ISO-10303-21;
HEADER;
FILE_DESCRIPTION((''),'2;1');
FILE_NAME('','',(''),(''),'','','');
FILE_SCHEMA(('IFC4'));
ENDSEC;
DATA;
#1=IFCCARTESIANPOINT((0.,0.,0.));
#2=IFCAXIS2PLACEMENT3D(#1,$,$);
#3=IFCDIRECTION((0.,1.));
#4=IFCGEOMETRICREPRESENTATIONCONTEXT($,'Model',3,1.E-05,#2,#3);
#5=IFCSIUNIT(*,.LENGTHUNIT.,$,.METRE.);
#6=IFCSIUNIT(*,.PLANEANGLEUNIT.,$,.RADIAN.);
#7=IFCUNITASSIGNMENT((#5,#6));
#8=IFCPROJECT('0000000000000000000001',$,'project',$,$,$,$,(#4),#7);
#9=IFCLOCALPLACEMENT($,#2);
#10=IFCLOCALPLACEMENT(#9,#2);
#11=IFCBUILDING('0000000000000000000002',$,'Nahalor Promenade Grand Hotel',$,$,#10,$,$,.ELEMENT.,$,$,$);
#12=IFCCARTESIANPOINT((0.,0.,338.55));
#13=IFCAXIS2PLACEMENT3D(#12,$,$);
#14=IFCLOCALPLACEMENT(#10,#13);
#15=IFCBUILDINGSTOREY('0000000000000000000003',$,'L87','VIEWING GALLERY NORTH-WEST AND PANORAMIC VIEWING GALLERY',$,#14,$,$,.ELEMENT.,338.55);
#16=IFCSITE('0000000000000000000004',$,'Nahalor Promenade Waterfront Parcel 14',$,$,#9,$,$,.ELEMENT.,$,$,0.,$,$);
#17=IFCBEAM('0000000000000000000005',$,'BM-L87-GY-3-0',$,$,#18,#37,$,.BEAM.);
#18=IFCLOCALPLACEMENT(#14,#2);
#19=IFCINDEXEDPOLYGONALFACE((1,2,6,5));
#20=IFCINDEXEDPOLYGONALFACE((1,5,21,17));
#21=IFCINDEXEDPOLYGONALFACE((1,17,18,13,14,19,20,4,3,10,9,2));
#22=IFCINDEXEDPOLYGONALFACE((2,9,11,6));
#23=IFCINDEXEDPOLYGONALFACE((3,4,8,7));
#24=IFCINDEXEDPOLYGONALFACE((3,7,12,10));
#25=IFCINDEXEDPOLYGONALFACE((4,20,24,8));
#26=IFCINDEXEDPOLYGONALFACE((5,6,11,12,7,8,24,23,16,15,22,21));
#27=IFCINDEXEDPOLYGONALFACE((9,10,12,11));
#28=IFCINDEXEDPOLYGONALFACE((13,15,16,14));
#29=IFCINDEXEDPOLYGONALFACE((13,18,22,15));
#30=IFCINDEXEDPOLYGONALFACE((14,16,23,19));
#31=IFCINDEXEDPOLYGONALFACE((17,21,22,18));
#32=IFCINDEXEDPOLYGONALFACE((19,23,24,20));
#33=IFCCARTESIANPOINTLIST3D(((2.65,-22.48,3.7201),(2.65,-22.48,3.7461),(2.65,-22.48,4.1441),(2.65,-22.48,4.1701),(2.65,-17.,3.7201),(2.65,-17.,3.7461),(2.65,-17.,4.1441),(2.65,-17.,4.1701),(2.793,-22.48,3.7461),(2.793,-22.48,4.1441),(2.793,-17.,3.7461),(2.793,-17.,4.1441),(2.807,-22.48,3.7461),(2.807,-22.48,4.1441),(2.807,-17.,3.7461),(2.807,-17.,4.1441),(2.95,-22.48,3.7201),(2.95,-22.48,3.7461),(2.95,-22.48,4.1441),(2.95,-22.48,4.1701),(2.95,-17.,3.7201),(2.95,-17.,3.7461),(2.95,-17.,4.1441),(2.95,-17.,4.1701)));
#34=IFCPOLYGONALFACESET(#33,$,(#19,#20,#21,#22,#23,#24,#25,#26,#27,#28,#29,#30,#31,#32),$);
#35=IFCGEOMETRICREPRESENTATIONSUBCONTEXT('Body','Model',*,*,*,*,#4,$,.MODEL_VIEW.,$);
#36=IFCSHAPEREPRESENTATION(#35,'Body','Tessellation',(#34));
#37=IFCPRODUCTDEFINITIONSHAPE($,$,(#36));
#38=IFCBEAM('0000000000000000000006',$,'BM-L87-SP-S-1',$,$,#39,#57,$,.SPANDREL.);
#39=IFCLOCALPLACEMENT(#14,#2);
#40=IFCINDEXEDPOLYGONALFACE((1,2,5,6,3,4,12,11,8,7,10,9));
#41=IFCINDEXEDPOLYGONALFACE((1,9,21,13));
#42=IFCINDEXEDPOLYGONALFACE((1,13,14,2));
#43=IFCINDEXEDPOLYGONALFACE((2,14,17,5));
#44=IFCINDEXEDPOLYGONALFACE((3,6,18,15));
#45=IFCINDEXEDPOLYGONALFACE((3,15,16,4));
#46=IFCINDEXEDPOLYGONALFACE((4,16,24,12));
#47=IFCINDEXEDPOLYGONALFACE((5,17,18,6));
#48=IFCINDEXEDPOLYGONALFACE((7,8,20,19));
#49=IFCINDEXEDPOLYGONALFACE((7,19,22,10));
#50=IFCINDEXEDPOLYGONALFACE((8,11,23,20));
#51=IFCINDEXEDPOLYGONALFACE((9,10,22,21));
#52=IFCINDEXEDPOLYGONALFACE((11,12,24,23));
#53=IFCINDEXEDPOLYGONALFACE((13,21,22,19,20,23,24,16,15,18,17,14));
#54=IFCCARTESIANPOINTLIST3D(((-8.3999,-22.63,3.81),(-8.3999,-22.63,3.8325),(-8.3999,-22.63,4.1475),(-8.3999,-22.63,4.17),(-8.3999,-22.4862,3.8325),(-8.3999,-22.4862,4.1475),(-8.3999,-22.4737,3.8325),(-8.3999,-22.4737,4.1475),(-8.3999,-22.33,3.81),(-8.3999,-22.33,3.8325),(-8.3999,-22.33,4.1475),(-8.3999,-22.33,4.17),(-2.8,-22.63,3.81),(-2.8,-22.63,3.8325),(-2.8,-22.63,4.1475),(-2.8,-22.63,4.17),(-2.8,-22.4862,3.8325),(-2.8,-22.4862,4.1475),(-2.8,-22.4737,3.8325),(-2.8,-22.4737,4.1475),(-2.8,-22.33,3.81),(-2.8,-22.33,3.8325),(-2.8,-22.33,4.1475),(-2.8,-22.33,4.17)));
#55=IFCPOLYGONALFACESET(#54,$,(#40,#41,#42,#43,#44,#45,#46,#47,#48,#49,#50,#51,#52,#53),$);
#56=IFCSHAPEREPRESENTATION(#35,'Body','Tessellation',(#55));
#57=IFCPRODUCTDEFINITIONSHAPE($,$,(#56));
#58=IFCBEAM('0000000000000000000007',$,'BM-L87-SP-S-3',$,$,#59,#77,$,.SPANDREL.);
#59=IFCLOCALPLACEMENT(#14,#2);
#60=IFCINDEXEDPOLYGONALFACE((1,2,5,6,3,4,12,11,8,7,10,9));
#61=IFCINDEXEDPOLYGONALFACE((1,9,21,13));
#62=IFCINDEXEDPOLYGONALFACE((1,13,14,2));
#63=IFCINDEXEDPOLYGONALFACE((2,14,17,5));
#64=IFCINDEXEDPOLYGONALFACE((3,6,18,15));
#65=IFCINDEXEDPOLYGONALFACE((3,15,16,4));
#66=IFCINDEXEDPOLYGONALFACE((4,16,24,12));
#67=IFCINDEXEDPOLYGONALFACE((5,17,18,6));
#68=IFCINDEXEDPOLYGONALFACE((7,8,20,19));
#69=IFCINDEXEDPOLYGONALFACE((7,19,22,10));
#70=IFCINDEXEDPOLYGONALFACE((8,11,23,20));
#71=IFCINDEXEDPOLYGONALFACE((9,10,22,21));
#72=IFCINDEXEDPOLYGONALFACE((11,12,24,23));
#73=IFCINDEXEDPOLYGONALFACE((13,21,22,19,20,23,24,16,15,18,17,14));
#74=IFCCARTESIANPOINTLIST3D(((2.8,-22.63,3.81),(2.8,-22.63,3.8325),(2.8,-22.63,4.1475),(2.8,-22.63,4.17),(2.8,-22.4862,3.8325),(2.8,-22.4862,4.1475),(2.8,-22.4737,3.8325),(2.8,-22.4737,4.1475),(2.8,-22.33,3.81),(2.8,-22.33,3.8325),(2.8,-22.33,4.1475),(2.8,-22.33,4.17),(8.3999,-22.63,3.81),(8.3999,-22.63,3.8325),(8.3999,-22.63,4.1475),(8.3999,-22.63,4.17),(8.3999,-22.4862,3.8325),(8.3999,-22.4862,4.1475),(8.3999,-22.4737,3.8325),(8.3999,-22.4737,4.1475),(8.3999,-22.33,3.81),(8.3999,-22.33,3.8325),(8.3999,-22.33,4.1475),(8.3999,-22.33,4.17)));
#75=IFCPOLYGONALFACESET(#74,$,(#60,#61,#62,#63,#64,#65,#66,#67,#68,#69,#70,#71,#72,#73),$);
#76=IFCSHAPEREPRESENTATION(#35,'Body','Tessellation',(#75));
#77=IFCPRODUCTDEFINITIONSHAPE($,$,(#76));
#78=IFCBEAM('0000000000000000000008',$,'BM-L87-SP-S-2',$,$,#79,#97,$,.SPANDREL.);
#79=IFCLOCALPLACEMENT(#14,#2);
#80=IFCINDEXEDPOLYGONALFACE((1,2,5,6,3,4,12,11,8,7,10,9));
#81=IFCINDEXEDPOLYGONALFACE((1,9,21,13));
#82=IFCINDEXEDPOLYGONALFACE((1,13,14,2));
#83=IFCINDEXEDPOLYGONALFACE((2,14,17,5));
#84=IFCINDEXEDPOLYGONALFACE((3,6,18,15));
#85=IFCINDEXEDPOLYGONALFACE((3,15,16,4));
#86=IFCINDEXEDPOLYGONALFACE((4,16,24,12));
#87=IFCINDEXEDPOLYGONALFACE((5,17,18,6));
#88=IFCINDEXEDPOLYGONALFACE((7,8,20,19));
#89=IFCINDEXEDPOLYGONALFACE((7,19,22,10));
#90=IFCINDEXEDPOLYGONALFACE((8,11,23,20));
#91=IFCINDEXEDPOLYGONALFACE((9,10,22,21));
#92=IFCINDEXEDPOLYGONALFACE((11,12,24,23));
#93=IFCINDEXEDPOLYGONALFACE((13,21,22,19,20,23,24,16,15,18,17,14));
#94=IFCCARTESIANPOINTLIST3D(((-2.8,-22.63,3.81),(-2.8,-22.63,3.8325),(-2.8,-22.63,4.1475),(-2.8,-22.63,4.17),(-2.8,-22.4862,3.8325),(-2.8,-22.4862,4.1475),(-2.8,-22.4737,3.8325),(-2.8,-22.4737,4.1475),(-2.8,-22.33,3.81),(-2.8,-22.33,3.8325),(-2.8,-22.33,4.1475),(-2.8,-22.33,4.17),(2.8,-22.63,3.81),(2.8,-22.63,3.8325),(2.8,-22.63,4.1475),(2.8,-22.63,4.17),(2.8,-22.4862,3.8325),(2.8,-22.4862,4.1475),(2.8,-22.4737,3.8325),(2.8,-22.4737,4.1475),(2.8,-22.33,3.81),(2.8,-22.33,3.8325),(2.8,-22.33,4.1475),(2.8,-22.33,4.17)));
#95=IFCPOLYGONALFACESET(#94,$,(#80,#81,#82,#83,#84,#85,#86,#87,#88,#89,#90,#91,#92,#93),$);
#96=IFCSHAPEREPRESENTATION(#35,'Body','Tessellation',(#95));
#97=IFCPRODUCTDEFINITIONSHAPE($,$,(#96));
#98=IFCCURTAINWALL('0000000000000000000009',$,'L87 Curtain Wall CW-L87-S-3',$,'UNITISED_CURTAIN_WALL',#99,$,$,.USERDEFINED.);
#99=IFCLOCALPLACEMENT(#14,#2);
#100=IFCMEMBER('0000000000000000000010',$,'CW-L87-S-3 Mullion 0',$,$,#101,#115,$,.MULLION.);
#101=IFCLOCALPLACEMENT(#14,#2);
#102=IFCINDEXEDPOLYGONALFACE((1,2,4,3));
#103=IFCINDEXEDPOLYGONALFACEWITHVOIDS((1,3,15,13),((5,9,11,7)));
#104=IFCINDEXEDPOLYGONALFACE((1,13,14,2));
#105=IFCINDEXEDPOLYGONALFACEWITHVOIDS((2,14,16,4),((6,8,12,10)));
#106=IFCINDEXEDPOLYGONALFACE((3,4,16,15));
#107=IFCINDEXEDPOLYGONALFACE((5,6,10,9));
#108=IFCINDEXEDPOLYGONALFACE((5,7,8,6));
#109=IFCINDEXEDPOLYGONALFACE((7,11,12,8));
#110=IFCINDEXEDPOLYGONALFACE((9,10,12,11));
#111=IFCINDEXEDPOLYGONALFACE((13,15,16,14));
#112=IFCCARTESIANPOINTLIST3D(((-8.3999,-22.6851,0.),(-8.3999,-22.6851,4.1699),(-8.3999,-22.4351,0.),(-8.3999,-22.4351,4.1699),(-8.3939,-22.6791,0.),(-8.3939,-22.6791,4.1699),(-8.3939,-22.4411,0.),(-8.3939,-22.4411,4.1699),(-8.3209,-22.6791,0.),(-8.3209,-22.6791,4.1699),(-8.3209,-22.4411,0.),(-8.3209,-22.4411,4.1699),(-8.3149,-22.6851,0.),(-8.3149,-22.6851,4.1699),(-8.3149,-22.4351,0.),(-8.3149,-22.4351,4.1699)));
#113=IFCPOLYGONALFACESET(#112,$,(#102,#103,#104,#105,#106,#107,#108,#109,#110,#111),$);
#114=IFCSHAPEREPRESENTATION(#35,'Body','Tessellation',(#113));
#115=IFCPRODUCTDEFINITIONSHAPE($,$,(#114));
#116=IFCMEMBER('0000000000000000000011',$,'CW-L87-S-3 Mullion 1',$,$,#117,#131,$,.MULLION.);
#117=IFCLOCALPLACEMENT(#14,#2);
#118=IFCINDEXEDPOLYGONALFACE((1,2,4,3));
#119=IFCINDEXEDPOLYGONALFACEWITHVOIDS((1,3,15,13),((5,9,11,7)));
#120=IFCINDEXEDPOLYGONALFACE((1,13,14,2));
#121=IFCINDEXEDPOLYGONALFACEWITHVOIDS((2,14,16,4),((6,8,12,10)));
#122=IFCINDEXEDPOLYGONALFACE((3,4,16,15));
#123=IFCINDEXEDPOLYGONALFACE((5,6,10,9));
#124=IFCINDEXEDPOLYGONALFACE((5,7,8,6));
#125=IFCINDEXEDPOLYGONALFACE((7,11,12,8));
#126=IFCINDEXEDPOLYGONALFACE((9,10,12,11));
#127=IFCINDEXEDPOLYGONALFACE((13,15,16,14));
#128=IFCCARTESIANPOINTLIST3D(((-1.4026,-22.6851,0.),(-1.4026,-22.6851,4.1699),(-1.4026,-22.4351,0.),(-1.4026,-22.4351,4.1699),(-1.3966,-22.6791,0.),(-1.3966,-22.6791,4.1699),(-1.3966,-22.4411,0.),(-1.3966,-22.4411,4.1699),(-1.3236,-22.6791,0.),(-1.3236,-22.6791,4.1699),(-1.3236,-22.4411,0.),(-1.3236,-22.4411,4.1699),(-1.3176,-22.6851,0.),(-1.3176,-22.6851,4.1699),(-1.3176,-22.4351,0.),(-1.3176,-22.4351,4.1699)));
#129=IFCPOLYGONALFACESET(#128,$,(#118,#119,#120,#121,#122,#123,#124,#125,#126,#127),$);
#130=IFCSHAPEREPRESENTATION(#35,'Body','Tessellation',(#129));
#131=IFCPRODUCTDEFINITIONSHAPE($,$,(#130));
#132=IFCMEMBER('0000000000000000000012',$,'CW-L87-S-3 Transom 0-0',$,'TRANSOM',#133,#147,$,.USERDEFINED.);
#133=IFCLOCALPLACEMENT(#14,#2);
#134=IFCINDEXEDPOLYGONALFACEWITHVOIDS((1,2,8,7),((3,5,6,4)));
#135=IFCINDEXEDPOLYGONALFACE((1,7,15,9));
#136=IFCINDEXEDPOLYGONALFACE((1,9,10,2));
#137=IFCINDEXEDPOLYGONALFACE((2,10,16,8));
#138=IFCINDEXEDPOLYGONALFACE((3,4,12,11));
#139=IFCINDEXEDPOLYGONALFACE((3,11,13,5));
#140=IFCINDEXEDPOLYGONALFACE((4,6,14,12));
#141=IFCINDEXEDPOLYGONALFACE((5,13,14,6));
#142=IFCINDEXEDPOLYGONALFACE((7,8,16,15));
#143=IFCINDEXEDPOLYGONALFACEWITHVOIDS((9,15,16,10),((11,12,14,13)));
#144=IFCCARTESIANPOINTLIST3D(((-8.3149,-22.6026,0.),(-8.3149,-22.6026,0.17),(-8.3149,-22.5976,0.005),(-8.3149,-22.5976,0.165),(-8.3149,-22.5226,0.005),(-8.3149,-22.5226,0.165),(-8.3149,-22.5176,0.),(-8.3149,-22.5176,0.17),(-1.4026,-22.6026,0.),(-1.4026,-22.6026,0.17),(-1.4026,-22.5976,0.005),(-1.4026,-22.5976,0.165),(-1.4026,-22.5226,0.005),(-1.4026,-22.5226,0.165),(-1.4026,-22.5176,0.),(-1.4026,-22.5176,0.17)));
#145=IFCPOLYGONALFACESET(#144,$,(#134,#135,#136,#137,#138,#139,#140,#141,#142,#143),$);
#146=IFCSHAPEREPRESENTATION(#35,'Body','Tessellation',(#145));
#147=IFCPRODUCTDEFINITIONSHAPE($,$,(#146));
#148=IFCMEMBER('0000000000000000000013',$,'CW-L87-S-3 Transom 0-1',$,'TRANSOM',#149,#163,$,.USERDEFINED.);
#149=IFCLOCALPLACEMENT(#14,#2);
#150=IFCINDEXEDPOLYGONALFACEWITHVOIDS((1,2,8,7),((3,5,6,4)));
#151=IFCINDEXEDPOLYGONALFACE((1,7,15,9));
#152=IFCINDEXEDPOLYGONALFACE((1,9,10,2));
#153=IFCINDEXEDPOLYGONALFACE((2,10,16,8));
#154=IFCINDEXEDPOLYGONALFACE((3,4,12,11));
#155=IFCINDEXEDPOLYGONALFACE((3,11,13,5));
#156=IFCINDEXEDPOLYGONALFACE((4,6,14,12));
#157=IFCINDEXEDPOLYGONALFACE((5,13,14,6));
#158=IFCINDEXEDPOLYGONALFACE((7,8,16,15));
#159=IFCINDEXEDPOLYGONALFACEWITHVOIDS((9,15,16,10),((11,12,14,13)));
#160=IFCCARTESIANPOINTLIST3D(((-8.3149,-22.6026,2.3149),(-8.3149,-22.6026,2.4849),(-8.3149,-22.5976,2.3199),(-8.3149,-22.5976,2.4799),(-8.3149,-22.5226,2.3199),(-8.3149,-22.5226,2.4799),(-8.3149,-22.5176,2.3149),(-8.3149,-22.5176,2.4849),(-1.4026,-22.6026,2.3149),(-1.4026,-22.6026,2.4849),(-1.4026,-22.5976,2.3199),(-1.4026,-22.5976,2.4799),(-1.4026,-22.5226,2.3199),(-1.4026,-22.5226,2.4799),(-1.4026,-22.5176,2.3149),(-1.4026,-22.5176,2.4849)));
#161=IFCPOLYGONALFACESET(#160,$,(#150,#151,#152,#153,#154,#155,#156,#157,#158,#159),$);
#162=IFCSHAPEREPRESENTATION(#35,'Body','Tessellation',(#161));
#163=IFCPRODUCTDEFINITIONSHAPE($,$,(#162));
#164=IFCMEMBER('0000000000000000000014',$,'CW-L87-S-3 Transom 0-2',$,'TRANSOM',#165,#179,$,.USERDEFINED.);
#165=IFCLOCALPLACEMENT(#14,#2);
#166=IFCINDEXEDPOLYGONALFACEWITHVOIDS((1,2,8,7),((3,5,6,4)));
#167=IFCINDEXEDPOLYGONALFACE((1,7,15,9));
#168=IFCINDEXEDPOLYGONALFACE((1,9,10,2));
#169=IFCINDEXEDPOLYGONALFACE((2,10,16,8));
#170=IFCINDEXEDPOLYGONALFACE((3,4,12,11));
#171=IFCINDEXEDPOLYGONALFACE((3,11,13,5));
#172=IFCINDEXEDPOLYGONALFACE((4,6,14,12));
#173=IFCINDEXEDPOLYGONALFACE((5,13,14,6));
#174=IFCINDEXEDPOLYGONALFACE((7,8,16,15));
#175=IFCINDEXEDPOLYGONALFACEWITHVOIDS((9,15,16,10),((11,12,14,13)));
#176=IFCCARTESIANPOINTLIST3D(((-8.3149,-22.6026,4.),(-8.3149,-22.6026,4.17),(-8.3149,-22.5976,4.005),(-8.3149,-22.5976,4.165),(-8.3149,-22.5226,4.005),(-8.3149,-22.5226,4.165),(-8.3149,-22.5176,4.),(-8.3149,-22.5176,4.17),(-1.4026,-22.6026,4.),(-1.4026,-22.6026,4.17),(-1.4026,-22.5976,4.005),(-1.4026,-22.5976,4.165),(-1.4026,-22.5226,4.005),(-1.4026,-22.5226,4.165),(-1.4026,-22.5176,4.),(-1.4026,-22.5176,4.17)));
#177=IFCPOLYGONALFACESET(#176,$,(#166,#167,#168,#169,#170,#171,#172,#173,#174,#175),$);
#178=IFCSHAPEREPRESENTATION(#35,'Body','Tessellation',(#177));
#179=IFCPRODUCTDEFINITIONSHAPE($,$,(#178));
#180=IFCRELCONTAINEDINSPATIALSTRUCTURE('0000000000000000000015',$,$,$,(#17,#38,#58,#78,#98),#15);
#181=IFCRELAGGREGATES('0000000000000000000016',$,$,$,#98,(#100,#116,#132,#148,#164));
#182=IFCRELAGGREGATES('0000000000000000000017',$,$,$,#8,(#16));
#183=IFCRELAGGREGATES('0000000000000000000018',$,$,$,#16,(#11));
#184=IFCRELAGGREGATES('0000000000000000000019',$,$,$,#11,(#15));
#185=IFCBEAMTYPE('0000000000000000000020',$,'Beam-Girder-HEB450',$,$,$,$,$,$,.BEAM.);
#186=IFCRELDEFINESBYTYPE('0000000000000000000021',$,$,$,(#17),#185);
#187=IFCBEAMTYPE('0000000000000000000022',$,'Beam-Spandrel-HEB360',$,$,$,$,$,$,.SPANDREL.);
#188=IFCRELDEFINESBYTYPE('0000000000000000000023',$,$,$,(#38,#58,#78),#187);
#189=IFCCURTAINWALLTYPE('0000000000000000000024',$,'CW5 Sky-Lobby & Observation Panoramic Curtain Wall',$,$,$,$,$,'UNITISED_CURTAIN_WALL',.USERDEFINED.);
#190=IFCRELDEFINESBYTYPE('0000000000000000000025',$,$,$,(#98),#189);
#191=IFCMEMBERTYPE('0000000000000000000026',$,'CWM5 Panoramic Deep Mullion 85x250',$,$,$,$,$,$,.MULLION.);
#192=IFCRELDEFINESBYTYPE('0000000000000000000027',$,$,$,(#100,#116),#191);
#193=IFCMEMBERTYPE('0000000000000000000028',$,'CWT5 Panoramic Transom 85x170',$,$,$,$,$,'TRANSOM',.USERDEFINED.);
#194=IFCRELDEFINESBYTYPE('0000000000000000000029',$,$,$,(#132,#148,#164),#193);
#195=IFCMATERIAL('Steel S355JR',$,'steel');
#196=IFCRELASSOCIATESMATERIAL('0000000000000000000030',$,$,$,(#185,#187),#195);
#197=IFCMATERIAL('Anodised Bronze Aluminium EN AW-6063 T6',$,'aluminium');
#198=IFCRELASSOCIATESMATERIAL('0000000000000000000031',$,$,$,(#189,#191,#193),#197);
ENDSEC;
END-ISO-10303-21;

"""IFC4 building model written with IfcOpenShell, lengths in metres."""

from ifc_helpers import new_model, si_unit, direction, frame, origin, origin_2d, place, context, subcontext, project, spatial, hollow_rectangle, i_section, extrude, source, transform, mapped, material, material_profile, profile_set, type_object, element, aggregate, save


model = new_model("IFC4")

# Units and contexts
model_context = context("Model", 3, precision=1e-05, world=origin(), true_north=direction((0.0, 1.0)))
body_context = subcontext(model_context, "Body", "Model", "MODEL_VIEW")
ifc_project = project(units=[si_unit("LENGTHUNIT", "METRE"), si_unit("PLANEANGLEUNIT", "RADIAN")], contexts=[model_context])

# Site, building, storey
site_placement = place(None, origin())
site = spatial("IfcSite", under=ifc_project, at=site_placement, Name="Nahalor Promenade Waterfront Parcel 14", CompositionType="ELEMENT", RefElevation=0.0)
building_placement = place(site_placement, origin())
building = spatial("IfcBuilding", under=site, at=building_placement, Name="Nahalor Promenade Grand Hotel", CompositionType="ELEMENT")
storey_placement = place(building_placement, frame((0.0, 0.0, 338.55)))
storey = spatial("IfcBuildingStorey", under=building, at=storey_placement, Name="L87", Description="VIEWING GALLERY NORTH-WEST AND PANORAMIC VIEWING GALLERY", CompositionType="ELEMENT", Elevation=338.55)

# Shared definitions
ifc_material_1 = material(Name="Steel S355JR", Category="steel")

# Beams
ifc_material_profile_1 = material_profile(ifc_material_1, i_section(OverallWidth=0.3, OverallDepth=0.45, WebThickness=0.014, FlangeThickness=0.026, at=origin_2d()), Name="HEB 450")
ifc_profile_set_1 = profile_set([ifc_material_profile_1], Name="Steel S355JR")
beam_type_1 = type_object("IfcBeamType", Name="Beam-Girder-HEB450", PredefinedType="BEAM", material=ifc_profile_set_1)
shared_shape_1 = source(origin(), body_context, "Body", "SweptSolid", [
    extrude(i_section(OverallWidth=0.3, OverallDepth=0.45, WebThickness=0.014, FlangeThickness=0.026, at=origin_2d()), origin(), (0.0, 0.0, 1.0), 5.48),
])
for number, where, z_axis, x_axis, name in (
    (1, (2.8, -22.48, 3.9451), (0.0, 1.0, 0.0), (-1.0, 0.0, 0.0), "BM-L87-GY-3-0"),
):
    element("IfcBeam", number, at=place(storey_placement, frame(where, z_axis=z_axis, x_axis=x_axis)), inside=storey, type_object=beam_type_1, Name=name, PredefinedType="BEAM", context=body_context, shape_type="MappedRepresentation", body=[
        mapped(shared_shape_1, transform((0.0, 0.0, 0.0), scale=1.0)),
    ])
ifc_material_profile_2 = material_profile(ifc_material_1, i_section(OverallWidth=0.3, OverallDepth=0.36, WebThickness=0.0125, FlangeThickness=0.0225, at=origin_2d()), Name="HEB 360")
ifc_profile_set_2 = profile_set([ifc_material_profile_2], Name="Steel S355JR")
beam_type_2 = type_object("IfcBeamType", Name="Beam-Spandrel-HEB360", PredefinedType="SPANDREL", material=ifc_profile_set_2)
shared_shape_2 = source(origin(), body_context, "Body", "SweptSolid", [
    extrude(i_section(OverallWidth=0.3, OverallDepth=0.36, WebThickness=0.0125, FlangeThickness=0.0225, at=origin_2d()), origin(), (0.0, 0.0, 1.0), 5.5999),
])
for number, where, z_axis, x_axis, name in (
    (2, (-8.3999, -22.48, 3.99), (1.0, 0.0, 0.0), (0.0, 1.0, 0.0), "BM-L87-SP-S-1"),
    (3, (2.8, -22.48, 3.99), (1.0, 0.0, 0.0), (0.0, 1.0, 0.0), "BM-L87-SP-S-3"),
):
    element("IfcBeam", number, at=place(storey_placement, frame(where, z_axis=z_axis, x_axis=x_axis)), inside=storey, type_object=beam_type_2, Name=name, PredefinedType="SPANDREL", context=body_context, shape_type="MappedRepresentation", body=[
        mapped(shared_shape_2, transform((0.0, 0.0, 0.0), scale=1.0)),
    ])
shared_shape_3 = source(origin(), body_context, "Body", "SweptSolid", [
    extrude(i_section(OverallWidth=0.3, OverallDepth=0.36, WebThickness=0.0125, FlangeThickness=0.0225, at=origin_2d()), origin(), (0.0, 0.0, 1.0), 5.6001),
])
beam_1_placement = place(storey_placement, frame((-2.8, -22.48, 3.99), z_axis=(1.0, 0.0, 0.0), x_axis=(0.0, 1.0, 0.0)))
element("IfcBeam", 4, at=beam_1_placement, inside=storey, type_object=beam_type_2, Name="BM-L87-SP-S-2", PredefinedType="SPANDREL", context=body_context, shape_type="MappedRepresentation", body=[
    mapped(shared_shape_3, transform((0.0, 0.0, 0.0), scale=1.0)),
])

# Curtain wall, members
ifc_material_2 = material(Name="Anodised Bronze Aluminium EN AW-6063 T6", Category="aluminium")
curtain_wall_type = type_object("IfcCurtainWallType", Name="CW5 Sky-Lobby & Observation Panoramic Curtain Wall", ElementType="UNITISED_CURTAIN_WALL", PredefinedType="USERDEFINED", material=ifc_material_2)
curtain_wall_placement = place(storey_placement, origin())
curtain_wall = element("IfcCurtainWall", 5, at=curtain_wall_placement, inside=storey, type_object=curtain_wall_type, Name="L87 Curtain Wall CW-L87-S-3", ObjectType="UNITISED_CURTAIN_WALL", PredefinedType="USERDEFINED")
ifc_material_profile_3 = material_profile(ifc_material_2, hollow_rectangle(XDim=0.085, YDim=0.25, WallThickness=0.006, at=origin_2d()), Name="CWM 85x250x6")
ifc_profile_set_3 = profile_set([ifc_material_profile_3], Name="Anodised Bronze Aluminium EN AW-6063 T6")
member_type_1 = type_object("IfcMemberType", Name="CWM5 Panoramic Deep Mullion 85x250", PredefinedType="MULLION", material=ifc_profile_set_3)
shared_shape_4 = source(origin(), body_context, "Body", "SweptSolid", [
    extrude(hollow_rectangle(XDim=0.085, YDim=0.25, WallThickness=0.006, at=origin_2d()), origin(), (0.0, 0.0, 1.0), 4.1699),
])
member_1_placement = place(storey_placement, frame((-8.3574, -22.5601, 0.0), z_axis=(0.0, 0.0, 1.0), x_axis=(1.0, 0.0, 0.0)))
member_1 = element("IfcMember", 6, at=member_1_placement, type_object=member_type_1, Name="CW-L87-S-3 Mullion 0", PredefinedType="MULLION", context=body_context, shape_type="MappedRepresentation", body=[
    mapped(shared_shape_4, transform((0.0, 0.0, 0.0), scale=1.0)),
])
member_2_placement = place(storey_placement, frame((-1.3601, -22.5601, 0.0), z_axis=(0.0, 0.0, 1.0), x_axis=(1.0, 0.0, 0.0)))
member_2 = element("IfcMember", 7, at=member_2_placement, type_object=member_type_1, Name="CW-L87-S-3 Mullion 1", PredefinedType="MULLION", context=body_context, shape_type="MappedRepresentation", body=[
    mapped(shared_shape_4, transform((0.0, 0.0, 0.0), scale=1.0)),
])
ifc_material_profile_4 = material_profile(ifc_material_2, hollow_rectangle(XDim=0.085, YDim=0.17, WallThickness=0.005, at=origin_2d()), Name="CWT 85x170x5")
ifc_profile_set_4 = profile_set([ifc_material_profile_4], Name="Anodised Bronze Aluminium EN AW-6063 T6")
member_type_2 = type_object("IfcMemberType", Name="CWT5 Panoramic Transom 85x170", ElementType="TRANSOM", PredefinedType="USERDEFINED", material=ifc_profile_set_4)
shared_shape_5 = source(origin(), body_context, "Body", "SweptSolid", [
    extrude(hollow_rectangle(XDim=0.085, YDim=0.17, WallThickness=0.005, at=origin_2d()), origin(), (0.0, 0.0, 1.0), 6.9124),
])
member_3_placement = place(storey_placement, frame((-8.3149, -22.5601, 0.085), z_axis=(1.0, 0.0, 0.0), x_axis=(0.0, 1.0, 0.0)))
member_3 = element("IfcMember", 8, at=member_3_placement, type_object=member_type_2, Name="CW-L87-S-3 Transom 0-0", ObjectType="TRANSOM", PredefinedType="USERDEFINED", context=body_context, shape_type="MappedRepresentation", body=[
    mapped(shared_shape_5, transform((0.0, 0.0, 0.0), scale=1.0)),
])
member_4_placement = place(storey_placement, frame((-8.3149, -22.5601, 2.3999), z_axis=(1.0, 0.0, 0.0), x_axis=(0.0, 1.0, 0.0)))
member_4 = element("IfcMember", 9, at=member_4_placement, type_object=member_type_2, Name="CW-L87-S-3 Transom 0-1", ObjectType="TRANSOM", PredefinedType="USERDEFINED", context=body_context, shape_type="MappedRepresentation", body=[
    mapped(shared_shape_5, transform((0.0, 0.0, 0.0), scale=1.0)),
])
member_5_placement = place(storey_placement, frame((-8.3149, -22.5601, 4.085), z_axis=(1.0, 0.0, 0.0), x_axis=(0.0, 1.0, 0.0)))
member_5 = element("IfcMember", 10, at=member_5_placement, type_object=member_type_2, Name="CW-L87-S-3 Transom 0-2", ObjectType="TRANSOM", PredefinedType="USERDEFINED", context=body_context, shape_type="MappedRepresentation", body=[
    mapped(shared_shape_5, transform((0.0, 0.0, 0.0), scale=1.0)),
])
aggregate(curtain_wall, [member_1, member_2, member_3, member_4, member_5])

save(model, "model.ifc")
